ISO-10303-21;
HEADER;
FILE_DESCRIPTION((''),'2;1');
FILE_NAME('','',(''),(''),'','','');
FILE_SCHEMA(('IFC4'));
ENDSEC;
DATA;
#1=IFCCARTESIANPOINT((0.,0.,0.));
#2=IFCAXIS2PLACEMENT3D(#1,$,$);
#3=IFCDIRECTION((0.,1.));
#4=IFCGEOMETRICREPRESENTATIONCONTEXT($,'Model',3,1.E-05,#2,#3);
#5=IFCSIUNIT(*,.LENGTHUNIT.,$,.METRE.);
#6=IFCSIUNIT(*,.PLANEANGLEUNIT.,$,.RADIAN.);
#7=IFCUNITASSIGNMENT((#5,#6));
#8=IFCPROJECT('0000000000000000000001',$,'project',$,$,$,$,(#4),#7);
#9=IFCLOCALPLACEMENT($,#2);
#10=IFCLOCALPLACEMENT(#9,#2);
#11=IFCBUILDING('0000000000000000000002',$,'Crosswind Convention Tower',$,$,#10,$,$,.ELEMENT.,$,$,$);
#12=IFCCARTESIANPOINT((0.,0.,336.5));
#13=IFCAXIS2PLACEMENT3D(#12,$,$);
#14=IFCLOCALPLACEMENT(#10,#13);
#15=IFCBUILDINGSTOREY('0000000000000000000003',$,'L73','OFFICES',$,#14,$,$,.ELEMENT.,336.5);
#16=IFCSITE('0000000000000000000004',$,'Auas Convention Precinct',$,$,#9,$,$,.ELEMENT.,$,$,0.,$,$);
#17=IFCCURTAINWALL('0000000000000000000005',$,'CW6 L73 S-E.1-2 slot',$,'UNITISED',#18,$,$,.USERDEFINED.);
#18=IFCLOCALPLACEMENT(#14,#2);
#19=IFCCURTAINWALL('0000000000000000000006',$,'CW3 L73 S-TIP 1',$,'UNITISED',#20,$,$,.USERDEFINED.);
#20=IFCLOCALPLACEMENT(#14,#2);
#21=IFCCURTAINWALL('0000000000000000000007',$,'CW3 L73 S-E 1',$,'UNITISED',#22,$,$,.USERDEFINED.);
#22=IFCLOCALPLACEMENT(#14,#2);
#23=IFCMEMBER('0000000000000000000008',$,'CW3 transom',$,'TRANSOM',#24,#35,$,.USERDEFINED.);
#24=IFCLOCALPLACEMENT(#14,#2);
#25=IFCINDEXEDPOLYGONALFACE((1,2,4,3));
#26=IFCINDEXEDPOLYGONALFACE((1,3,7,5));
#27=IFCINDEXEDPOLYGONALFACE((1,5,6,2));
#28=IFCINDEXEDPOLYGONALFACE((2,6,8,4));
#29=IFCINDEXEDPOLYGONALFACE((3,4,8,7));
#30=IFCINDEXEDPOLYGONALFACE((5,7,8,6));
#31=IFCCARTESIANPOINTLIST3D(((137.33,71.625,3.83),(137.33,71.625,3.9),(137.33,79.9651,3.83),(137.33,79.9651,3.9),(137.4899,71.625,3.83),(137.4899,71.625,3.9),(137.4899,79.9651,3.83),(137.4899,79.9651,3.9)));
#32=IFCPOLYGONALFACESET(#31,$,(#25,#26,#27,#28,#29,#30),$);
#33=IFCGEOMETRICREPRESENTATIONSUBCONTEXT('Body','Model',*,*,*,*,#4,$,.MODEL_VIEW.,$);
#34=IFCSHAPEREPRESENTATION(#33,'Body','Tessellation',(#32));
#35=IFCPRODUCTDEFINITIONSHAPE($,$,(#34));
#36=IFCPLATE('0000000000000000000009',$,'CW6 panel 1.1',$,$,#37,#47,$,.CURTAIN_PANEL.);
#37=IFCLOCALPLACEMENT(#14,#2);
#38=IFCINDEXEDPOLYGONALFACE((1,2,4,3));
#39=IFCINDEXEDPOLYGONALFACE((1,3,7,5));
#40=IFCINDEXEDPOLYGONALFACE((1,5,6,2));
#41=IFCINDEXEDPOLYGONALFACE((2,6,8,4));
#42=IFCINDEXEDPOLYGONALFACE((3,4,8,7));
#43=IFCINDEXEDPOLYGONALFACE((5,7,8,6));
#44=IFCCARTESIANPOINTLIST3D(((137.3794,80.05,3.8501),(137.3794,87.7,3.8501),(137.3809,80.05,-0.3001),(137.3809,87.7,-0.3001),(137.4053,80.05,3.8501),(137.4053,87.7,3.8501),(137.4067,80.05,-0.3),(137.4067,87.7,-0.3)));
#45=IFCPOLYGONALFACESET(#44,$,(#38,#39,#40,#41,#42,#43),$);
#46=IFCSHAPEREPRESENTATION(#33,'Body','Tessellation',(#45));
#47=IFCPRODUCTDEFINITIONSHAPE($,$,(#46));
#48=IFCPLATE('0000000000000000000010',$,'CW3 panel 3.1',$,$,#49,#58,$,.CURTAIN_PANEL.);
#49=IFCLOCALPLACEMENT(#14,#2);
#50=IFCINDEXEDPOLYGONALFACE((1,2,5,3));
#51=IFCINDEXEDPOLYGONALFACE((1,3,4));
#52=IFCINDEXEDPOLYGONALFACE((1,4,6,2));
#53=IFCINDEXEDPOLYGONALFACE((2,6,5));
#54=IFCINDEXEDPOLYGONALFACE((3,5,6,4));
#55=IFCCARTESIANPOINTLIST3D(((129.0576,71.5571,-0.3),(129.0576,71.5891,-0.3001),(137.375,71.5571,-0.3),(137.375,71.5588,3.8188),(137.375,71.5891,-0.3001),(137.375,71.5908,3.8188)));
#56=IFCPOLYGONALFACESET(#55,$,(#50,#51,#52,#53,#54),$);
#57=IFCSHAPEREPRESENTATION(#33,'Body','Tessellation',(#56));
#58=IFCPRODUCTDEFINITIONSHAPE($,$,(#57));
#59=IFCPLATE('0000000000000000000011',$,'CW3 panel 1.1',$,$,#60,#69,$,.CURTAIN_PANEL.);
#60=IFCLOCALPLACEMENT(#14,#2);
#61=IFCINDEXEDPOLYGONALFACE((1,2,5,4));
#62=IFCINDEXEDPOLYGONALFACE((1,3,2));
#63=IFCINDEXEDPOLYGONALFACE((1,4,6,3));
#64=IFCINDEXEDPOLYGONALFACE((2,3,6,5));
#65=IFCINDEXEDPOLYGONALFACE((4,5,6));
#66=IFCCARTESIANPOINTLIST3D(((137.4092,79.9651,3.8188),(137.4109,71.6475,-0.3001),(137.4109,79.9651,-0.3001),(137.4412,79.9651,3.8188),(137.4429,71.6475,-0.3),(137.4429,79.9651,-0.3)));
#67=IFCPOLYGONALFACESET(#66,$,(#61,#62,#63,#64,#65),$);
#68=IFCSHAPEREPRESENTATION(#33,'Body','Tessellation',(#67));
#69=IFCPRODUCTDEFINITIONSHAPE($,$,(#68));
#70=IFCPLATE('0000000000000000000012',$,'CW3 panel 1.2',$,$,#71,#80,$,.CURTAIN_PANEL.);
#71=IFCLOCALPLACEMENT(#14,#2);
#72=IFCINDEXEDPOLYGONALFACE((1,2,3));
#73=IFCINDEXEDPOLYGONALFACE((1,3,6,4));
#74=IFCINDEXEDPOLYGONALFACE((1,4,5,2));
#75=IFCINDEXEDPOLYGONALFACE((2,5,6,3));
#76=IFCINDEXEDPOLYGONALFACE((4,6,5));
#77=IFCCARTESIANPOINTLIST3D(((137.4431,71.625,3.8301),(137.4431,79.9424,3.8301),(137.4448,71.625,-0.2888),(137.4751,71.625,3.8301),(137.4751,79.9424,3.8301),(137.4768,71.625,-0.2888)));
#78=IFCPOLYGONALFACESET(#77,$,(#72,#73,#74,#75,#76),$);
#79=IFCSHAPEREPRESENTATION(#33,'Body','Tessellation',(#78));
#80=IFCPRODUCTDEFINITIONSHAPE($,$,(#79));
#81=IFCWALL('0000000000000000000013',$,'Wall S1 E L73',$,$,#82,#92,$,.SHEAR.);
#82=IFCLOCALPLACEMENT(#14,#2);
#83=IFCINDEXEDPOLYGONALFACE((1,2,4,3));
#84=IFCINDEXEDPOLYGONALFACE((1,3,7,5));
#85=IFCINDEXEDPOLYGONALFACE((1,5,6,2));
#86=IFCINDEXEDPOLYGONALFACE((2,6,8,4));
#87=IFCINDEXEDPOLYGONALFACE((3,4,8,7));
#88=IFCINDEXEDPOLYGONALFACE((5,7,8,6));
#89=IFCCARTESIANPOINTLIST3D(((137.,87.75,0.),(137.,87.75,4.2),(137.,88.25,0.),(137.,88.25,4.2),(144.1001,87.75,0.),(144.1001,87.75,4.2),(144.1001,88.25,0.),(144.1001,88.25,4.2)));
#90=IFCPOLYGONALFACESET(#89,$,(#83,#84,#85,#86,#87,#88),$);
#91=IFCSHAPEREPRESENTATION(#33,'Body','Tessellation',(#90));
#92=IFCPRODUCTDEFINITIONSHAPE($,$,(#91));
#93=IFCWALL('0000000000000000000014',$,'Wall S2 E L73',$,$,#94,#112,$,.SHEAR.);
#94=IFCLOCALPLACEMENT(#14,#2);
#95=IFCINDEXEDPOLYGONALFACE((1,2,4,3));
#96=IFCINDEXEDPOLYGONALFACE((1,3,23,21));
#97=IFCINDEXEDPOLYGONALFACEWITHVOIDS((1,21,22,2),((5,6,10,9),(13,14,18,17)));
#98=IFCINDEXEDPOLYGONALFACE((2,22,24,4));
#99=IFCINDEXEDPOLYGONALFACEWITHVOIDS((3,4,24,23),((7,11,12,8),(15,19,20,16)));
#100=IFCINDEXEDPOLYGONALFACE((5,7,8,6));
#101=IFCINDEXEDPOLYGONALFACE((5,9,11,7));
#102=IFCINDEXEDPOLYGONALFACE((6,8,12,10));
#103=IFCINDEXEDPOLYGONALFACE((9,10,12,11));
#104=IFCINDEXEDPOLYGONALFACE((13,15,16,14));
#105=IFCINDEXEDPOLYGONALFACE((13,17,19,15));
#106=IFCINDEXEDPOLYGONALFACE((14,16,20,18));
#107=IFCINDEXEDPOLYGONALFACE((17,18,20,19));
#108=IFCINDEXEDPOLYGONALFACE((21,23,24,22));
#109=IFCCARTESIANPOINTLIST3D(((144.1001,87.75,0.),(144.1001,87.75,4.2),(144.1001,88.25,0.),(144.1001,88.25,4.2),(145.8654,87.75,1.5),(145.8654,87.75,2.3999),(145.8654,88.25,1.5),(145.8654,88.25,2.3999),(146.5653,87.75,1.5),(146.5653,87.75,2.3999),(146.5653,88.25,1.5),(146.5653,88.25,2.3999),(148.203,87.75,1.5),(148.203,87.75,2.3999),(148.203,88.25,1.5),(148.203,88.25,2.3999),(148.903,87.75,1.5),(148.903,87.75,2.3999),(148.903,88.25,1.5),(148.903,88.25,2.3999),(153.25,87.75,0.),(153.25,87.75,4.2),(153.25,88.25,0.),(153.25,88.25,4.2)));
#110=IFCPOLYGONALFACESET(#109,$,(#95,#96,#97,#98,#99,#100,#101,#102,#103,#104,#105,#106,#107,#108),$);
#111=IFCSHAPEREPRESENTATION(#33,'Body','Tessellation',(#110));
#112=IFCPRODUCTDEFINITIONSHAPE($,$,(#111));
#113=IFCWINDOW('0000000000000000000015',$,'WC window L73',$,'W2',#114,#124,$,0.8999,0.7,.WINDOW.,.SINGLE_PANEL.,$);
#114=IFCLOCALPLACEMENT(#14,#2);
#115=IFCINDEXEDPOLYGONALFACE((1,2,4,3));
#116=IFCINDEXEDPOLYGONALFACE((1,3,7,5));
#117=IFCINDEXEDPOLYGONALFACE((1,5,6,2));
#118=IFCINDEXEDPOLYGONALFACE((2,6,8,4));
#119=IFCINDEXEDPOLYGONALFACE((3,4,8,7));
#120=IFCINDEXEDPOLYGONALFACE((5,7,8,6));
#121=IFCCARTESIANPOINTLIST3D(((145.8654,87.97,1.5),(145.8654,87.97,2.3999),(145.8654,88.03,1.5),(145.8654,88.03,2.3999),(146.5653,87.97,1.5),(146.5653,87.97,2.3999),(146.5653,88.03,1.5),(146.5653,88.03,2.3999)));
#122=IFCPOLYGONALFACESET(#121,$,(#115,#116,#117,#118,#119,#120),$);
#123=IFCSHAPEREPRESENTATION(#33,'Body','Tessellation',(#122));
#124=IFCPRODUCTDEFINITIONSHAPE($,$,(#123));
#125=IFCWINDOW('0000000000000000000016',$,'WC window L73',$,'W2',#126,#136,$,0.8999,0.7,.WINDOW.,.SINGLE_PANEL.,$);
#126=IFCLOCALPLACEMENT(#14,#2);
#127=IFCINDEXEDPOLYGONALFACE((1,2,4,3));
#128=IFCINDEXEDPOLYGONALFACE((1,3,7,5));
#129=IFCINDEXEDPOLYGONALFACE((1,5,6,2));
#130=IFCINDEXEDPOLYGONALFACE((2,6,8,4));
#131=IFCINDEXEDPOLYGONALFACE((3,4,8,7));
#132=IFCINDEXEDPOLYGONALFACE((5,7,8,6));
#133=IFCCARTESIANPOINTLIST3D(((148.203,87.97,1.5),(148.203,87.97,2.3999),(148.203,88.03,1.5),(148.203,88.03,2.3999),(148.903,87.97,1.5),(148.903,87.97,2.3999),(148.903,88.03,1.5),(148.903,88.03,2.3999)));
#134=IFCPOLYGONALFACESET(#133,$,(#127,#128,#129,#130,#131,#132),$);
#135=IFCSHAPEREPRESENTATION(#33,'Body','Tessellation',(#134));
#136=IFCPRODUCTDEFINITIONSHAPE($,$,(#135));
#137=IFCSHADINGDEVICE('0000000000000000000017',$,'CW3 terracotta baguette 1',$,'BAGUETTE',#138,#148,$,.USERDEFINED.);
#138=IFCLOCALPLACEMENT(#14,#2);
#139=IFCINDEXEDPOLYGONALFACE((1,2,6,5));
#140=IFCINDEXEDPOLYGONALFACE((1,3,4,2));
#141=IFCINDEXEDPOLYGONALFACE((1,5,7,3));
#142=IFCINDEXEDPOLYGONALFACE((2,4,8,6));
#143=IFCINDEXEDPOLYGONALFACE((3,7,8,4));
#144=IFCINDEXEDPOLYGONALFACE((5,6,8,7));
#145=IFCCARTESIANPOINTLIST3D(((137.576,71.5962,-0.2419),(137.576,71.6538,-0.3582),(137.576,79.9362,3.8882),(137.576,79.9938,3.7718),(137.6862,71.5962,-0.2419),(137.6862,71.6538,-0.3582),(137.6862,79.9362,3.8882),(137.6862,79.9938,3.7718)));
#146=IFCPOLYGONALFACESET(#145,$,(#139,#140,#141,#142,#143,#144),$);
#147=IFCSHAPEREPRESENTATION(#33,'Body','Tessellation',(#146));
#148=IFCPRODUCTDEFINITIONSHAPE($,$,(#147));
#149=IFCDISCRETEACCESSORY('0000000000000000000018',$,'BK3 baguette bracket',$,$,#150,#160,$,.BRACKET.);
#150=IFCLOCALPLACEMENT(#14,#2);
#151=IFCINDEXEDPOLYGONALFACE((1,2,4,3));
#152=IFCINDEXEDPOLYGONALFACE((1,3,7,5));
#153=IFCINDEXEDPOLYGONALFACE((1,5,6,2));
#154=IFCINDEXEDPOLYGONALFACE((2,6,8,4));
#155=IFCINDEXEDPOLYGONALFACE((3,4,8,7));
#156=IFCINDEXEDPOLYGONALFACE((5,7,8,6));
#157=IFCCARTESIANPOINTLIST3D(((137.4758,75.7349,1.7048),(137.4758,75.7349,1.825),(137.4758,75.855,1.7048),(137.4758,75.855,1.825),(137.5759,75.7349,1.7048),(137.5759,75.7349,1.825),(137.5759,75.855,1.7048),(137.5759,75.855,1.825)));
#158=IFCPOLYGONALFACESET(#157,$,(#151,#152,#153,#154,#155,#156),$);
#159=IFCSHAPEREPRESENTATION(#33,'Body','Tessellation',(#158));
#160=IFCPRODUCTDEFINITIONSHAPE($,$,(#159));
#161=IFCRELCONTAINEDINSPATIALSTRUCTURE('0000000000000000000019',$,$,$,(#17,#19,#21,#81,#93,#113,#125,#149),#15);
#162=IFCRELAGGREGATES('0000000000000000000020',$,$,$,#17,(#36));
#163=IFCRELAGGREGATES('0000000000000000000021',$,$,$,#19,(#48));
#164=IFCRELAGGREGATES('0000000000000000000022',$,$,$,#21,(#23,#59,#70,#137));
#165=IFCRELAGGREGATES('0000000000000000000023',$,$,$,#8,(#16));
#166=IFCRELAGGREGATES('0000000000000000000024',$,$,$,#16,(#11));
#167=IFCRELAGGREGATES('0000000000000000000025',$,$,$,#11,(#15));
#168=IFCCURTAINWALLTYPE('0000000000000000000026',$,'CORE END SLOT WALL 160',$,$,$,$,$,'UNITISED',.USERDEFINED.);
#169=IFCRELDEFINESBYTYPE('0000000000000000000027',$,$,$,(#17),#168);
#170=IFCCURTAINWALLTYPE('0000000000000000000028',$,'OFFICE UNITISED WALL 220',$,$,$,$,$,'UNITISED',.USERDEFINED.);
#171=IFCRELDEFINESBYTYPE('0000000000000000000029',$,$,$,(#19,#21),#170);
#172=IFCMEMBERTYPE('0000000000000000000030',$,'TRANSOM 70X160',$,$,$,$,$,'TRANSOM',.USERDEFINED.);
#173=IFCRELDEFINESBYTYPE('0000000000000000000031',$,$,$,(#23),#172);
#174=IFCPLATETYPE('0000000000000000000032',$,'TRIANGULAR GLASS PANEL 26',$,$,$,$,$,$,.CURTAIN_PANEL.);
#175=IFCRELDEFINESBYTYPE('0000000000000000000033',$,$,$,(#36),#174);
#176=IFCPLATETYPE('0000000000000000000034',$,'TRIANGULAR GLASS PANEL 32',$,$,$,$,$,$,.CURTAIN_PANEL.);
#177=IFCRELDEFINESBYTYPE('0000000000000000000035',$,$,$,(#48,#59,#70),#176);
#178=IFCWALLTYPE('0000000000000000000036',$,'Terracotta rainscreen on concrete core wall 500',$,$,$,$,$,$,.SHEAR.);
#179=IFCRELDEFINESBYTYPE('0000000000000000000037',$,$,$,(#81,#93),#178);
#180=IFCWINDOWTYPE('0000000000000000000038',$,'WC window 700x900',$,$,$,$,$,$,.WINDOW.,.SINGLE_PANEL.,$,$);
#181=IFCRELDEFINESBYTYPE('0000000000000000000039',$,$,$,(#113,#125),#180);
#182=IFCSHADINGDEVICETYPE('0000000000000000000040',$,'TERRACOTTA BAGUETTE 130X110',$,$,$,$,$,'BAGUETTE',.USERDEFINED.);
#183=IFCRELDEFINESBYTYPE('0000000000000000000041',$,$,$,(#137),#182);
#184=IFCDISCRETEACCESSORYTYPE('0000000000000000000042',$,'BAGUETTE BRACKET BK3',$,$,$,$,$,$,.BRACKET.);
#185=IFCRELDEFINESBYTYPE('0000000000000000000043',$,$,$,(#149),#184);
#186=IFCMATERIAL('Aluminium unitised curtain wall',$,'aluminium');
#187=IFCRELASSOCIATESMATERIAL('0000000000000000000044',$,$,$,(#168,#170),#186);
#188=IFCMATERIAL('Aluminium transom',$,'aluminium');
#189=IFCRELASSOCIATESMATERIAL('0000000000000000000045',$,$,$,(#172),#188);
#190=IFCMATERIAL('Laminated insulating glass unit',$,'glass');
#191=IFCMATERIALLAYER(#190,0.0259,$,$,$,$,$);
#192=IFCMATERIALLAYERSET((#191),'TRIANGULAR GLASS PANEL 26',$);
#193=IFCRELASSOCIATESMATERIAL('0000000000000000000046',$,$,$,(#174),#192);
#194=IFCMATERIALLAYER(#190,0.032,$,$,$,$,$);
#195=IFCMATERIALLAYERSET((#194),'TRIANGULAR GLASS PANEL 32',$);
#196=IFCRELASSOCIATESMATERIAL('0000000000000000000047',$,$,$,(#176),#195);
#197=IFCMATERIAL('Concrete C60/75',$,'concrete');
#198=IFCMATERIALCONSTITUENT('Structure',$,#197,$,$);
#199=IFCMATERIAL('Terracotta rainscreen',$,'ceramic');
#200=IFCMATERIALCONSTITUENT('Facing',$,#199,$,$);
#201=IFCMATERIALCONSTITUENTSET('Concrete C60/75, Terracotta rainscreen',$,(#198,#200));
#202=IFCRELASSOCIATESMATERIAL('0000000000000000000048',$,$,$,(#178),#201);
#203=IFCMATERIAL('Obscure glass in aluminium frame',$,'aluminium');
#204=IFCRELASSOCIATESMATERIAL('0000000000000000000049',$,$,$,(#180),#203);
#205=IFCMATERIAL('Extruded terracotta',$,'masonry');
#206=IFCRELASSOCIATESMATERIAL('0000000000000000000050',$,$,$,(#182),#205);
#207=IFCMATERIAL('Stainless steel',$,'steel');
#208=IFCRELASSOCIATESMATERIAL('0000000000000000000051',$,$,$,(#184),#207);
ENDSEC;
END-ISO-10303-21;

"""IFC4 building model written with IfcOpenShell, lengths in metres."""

from ifc_helpers import new_model, si_unit, direction, frame, frame_2d, origin, origin_2d, place, context, subcontext, project, spatial, polyline, rectangle, outline, extrude, material, layer, layer_set, constituent, constituent_set, material_profile, profile_set, type_object, element, fill, aggregate, save


model = new_model("IFC4")

# Units and contexts
model_context = context("Model", 3, precision=1e-05, world=origin(), true_north=direction((0.0, 1.0)))
body_context = subcontext(model_context, "Body", "Model", "MODEL_VIEW")
ifc_project = project(units=[si_unit("LENGTHUNIT", "METRE"), si_unit("PLANEANGLEUNIT", "RADIAN")], contexts=[model_context])

# Site, building, storey
site_placement = place(None, origin())
site = spatial("IfcSite", under=ifc_project, at=site_placement, Name="Auas Convention Precinct", CompositionType="ELEMENT", RefElevation=0.0)
building_placement = place(site_placement, origin())
building = spatial("IfcBuilding", under=site, at=building_placement, Name="Crosswind Convention Tower", CompositionType="ELEMENT")
storey_placement = place(building_placement, frame((0.0, 0.0, 336.5)))
storey = spatial("IfcBuildingStorey", under=building, at=storey_placement, Name="L73", Description="OFFICES", CompositionType="ELEMENT", Elevation=336.5)

# Shared definitions
ifc_material_1 = material(Name="Concrete C60/75", Category="concrete")

# Curtain wall
ifc_material_2 = material(Name="Aluminium unitised curtain wall", Category="aluminium")
curtain_wall_type_1 = type_object("IfcCurtainWallType", Name="CORE END SLOT WALL 160", ElementType="UNITISED", PredefinedType="USERDEFINED", material=ifc_material_2)
curtain_wall_1_placement = place(storey_placement, origin())
curtain_wall_1 = element("IfcCurtainWall", 1, at=curtain_wall_1_placement, inside=storey, type_object=curtain_wall_type_1, Name="CW6 L73 S-E.1-2 slot", ObjectType="UNITISED", PredefinedType="USERDEFINED")

# Curtain walls
curtain_wall_type_2 = type_object("IfcCurtainWallType", Name="OFFICE UNITISED WALL 220", ElementType="UNITISED", PredefinedType="USERDEFINED", material=ifc_material_2)
curtain_wall_2_placement = place(storey_placement, origin())
curtain_wall_2 = element("IfcCurtainWall", 2, at=curtain_wall_2_placement, inside=storey, type_object=curtain_wall_type_2, Name="CW3 L73 S-TIP 1", ObjectType="UNITISED", PredefinedType="USERDEFINED")
curtain_wall_3_placement = place(storey_placement, origin())
curtain_wall_3 = element("IfcCurtainWall", 3, at=curtain_wall_3_placement, inside=storey, type_object=curtain_wall_type_2, Name="CW3 L73 S-E 1", ObjectType="UNITISED", PredefinedType="USERDEFINED")

# Member
ifc_material_3 = material(Name="Aluminium transom", Category="aluminium")
ifc_material_profile_1 = material_profile(ifc_material_3, rectangle(XDim=0.1599, YDim=0.0701, at=origin_2d()), Name="AL 160X70")
ifc_profile_set_1 = profile_set([ifc_material_profile_1], Name="Aluminium transom")
member_type_1 = type_object("IfcMemberType", Name="TRANSOM 70X160", ElementType="TRANSOM", PredefinedType="USERDEFINED", material=ifc_profile_set_1)
member_1_placement = place(storey_placement, frame((137.4099, 71.625, 3.865), z_axis=(0.0, 1.0, 0.0), x_axis=(-1.0, 0.0, 0.0)))
member_1 = element("IfcMember", 4, at=member_1_placement, type_object=member_type_1, Name="CW3 transom", ObjectType="TRANSOM", PredefinedType="USERDEFINED", context=body_context, shape_type="SweptSolid", body=[
    extrude(rectangle(XDim=0.1599, YDim=0.0701, at=origin_2d()), origin(), (0.0, 0.0, 1.0), 8.3401),
])

# Plates
ifc_material_4 = material(Name="Laminated insulating glass unit", Category="glass")
ifc_layer_1 = layer(ifc_material_4, 0.0259)
ifc_layer_set_1 = layer_set([ifc_layer_1], Name="TRIANGULAR GLASS PANEL 26")
plate_type_1 = type_object("IfcPlateType", Name="TRIANGULAR GLASS PANEL 26", PredefinedType="CURTAIN_PANEL", material=ifc_layer_set_1)
plate_1_placement = place(storey_placement, frame((137.4067, 80.05, -0.3), z_axis=(1.0, 0.0, 0.000353), x_axis=(0.0, 1.0, 0.0)))
plate_1 = element("IfcPlate", 5, at=plate_1_placement, type_object=plate_type_1, Name="CW6 panel 1.1", PredefinedType="CURTAIN_PANEL", context=body_context, shape_type="SweptSolid", body=[
    extrude(outline(polyline([(0.0, 0.0), (7.6499, 0.0), (7.6499, 4.1501), (0.0, 4.1501), (0.0, 0.0)])), origin(), (0.0, 0.0, -1.0), 0.0259),
])
aggregate(curtain_wall_1, [plate_1])
ifc_layer_2 = layer(ifc_material_4, 0.032)
ifc_layer_set_2 = layer_set([ifc_layer_2], Name="TRIANGULAR GLASS PANEL 32")
plate_type_2 = type_object("IfcPlateType", Name="TRIANGULAR GLASS PANEL 32", PredefinedType="CURTAIN_PANEL", material=ifc_layer_set_2)
plate_2_placement = place(storey_placement, frame((137.375, 71.5571, -0.3), z_axis=(0.0, -1.0, 0.000415), x_axis=(0.0, 0.000415, 1.0)))
plate_2 = element("IfcPlate", 6, at=plate_2_placement, type_object=plate_type_2, Name="CW3 panel 3.1", PredefinedType="CURTAIN_PANEL", context=body_context, shape_type="SweptSolid", body=[
    extrude(outline(polyline([(0.0, 0.0), (4.1189, 0.0), (0.0, 8.3174), (0.0, 0.0)])), origin(), (0.0, 0.0, -1.0), 0.032),
])
aggregate(curtain_wall_2, [plate_2])
plate_3_placement = place(storey_placement, frame((137.4429, 79.9651, -0.3), z_axis=(1.0, 0.0, 0.000415), x_axis=(-0.000415, 0.0, 1.0)))
plate_3 = element("IfcPlate", 7, at=plate_3_placement, type_object=plate_type_2, Name="CW3 panel 1.1", PredefinedType="CURTAIN_PANEL", context=body_context, shape_type="SweptSolid", body=[
    extrude(outline(polyline([(0.0, 0.0), (4.1189, 0.0), (0.0, 8.3176), (0.0, 0.0)])), origin(), (0.0, 0.0, -1.0), 0.032),
])
plate_4_placement = place(storey_placement, frame((137.4751, 71.625, 3.8301), z_axis=(1.0, 0.0, 0.000415), x_axis=(0.000415, 0.0, -1.0)))
plate_4 = element("IfcPlate", 8, at=plate_4_placement, type_object=plate_type_2, Name="CW3 panel 1.2", PredefinedType="CURTAIN_PANEL", context=body_context, shape_type="SweptSolid", body=[
    extrude(outline(polyline([(0.0, 0.0), (4.1189, 0.0), (0.0, 8.3174), (0.0, 0.0)])), origin(), (0.0, 0.0, -1.0), 0.032),
])

# Wall
ifc_constituent_1 = constituent(ifc_material_1, Name="Structure")
ifc_material_5 = material(Name="Terracotta rainscreen", Category="ceramic")
ifc_constituent_2 = constituent(ifc_material_5, Name="Facing")
ifc_constituent_set = constituent_set(constituents=[ifc_constituent_1, ifc_constituent_2], Name="Concrete C60/75, Terracotta rainscreen")
wall_type = type_object("IfcWallType", Name="Terracotta rainscreen on concrete core wall 500", PredefinedType="SHEAR", material=ifc_constituent_set)
wall_1_placement = place(storey_placement, frame((137.0, 88.0, 0.0), z_axis=(0.0, 0.0, 1.0), x_axis=(1.0, 0.0, 0.0)))
element("IfcWall", 9, at=wall_1_placement, inside=storey, type_object=wall_type, Name="Wall S1 E L73", PredefinedType="SHEAR", context=body_context, shape_type="SweptSolid", body=[
    extrude(rectangle(XDim=7.1001, YDim=0.5, at=frame_2d((3.55, 0.0))), origin(), (0.0, 0.0, 1.0), 4.2),
])

# Wall, openings, windows
wall_2_placement = place(storey_placement, frame((144.1001, 88.0, 0.0), z_axis=(0.0, 0.0, 1.0), x_axis=(1.0, 0.0, 0.0)))
wall_2 = element("IfcWall", 10, at=wall_2_placement, inside=storey, type_object=wall_type, Name="Wall S2 E L73", PredefinedType="SHEAR", context=body_context, shape_type="SweptSolid", body=[
    extrude(rectangle(XDim=9.1499, YDim=0.5, at=frame_2d((4.575, 0.0))), origin(), (0.0, 0.0, 1.0), 4.2),
])
opening_1_placement = place(wall_2_placement, frame((1.7651, 0.0, 1.5)))
opening_1 = element("IfcOpeningElement", 11, at=opening_1_placement, cuts=wall_2, PredefinedType="OPENING", context=body_context, shape_type="SweptSolid", body=[
    extrude(rectangle(XDim=0.7, YDim=0.8999, at=frame_2d((0.3501, 0.45))), frame((0.0, 0.26, 0.0), z_axis=(0.0, -1.0, 0.0), x_axis=(1.0, 0.0, 0.0)), (0.0, 0.0, 1.0), 0.52),
])
opening_2_placement = place(wall_2_placement, frame((4.1028, 0.0, 1.5)))
opening_2 = element("IfcOpeningElement", 12, at=opening_2_placement, cuts=wall_2, PredefinedType="OPENING", context=body_context, shape_type="SweptSolid", body=[
    extrude(rectangle(XDim=0.7, YDim=0.8999, at=frame_2d((0.3501, 0.45))), frame((0.0, 0.26, 0.0), z_axis=(0.0, -1.0, 0.0), x_axis=(1.0, 0.0, 0.0)), (0.0, 0.0, 1.0), 0.52),
])
ifc_material_6 = material(Name="Obscure glass in aluminium frame", Category="aluminium")
window_type = type_object("IfcWindowType", Name="WC window 700x900", PartitioningType="SINGLE_PANEL", PredefinedType="WINDOW", material=ifc_material_6)
window_1_placement = place(opening_1_placement, origin())
window_1 = element("IfcWindow", 13, at=window_1_placement, inside=storey, type_object=window_type, Name="WC window L73", ObjectType="W2", OverallHeight=0.8999, OverallWidth=0.7, PartitioningType="SINGLE_PANEL", PredefinedType="WINDOW", context=body_context, shape_type="SweptSolid", body=[
    extrude(rectangle(XDim=0.7, YDim=0.8999, at=frame_2d((0.3501, 0.45))), frame((0.0, 0.03, 0.0), z_axis=(0.0, -1.0, 0.0), x_axis=(1.0, 0.0, 0.0)), (0.0, 0.0, 1.0), 0.0601),
])
fill(opening_1, window_1)
window_2_placement = place(opening_2_placement, origin())
window_2 = element("IfcWindow", 14, at=window_2_placement, inside=storey, type_object=window_type, Name="WC window L73", ObjectType="W2", OverallHeight=0.8999, OverallWidth=0.7, PartitioningType="SINGLE_PANEL", PredefinedType="WINDOW", context=body_context, shape_type="SweptSolid", body=[
    extrude(rectangle(XDim=0.7, YDim=0.8999, at=frame_2d((0.3501, 0.45))), frame((0.0, 0.03, 0.0), z_axis=(0.0, -1.0, 0.0), x_axis=(1.0, 0.0, 0.0)), (0.0, 0.0, 1.0), 0.0601),
])
fill(opening_2, window_2)

# Shading device
ifc_material_7 = material(Name="Extruded terracotta", Category="masonry")
ifc_material_profile_2 = material_profile(ifc_material_7, rectangle(XDim=0.1101, YDim=0.1299, at=origin_2d()), Name="TC 110X130")
ifc_profile_set_2 = profile_set([ifc_material_profile_2], Name="Extruded terracotta")
shading_device_type = type_object("IfcShadingDeviceType", Name="TERRACOTTA BAGUETTE 130X110", ElementType="BAGUETTE", PredefinedType="USERDEFINED", material=ifc_profile_set_2)
shading_device_placement = place(storey_placement, frame((137.6311, 71.625, -0.3), z_axis=(0.0, 0.896136, 0.443779), x_axis=(-1.0, 0.0, 0.0)))
shading_device = element("IfcShadingDevice", 15, at=shading_device_placement, type_object=shading_device_type, Name="CW3 terracotta baguette 1", ObjectType="BAGUETTE", PredefinedType="USERDEFINED", context=body_context, shape_type="SweptSolid", body=[
    extrude(rectangle(XDim=0.1101, YDim=0.1299, at=origin_2d()), origin(), (0.0, 0.0, 1.0), 9.3066),
])
aggregate(curtain_wall_3, [member_1, plate_3, plate_4, shading_device])

# Discrete accessory
ifc_material_8 = material(Name="Stainless steel", Category="steel")
discrete_accessory_type = type_object("IfcDiscreteAccessoryType", Name="BAGUETTE BRACKET BK3", PredefinedType="BRACKET", material=ifc_material_8)
discrete_accessory_placement = place(storey_placement, frame((137.5259, 75.7949, 1.7048), z_axis=(0.0, 0.0, 1.0), x_axis=(0.0, 1.0, 0.0)))
element("IfcDiscreteAccessory", 16, at=discrete_accessory_placement, inside=storey, type_object=discrete_accessory_type, Name="BK3 baguette bracket", PredefinedType="BRACKET", context=body_context, shape_type="SweptSolid", body=[
    extrude(rectangle(XDim=0.1201, YDim=0.1001, at=origin_2d()), origin(), (0.0, 0.0, 1.0), 0.1201),
])

save(model, "model.ifc")
